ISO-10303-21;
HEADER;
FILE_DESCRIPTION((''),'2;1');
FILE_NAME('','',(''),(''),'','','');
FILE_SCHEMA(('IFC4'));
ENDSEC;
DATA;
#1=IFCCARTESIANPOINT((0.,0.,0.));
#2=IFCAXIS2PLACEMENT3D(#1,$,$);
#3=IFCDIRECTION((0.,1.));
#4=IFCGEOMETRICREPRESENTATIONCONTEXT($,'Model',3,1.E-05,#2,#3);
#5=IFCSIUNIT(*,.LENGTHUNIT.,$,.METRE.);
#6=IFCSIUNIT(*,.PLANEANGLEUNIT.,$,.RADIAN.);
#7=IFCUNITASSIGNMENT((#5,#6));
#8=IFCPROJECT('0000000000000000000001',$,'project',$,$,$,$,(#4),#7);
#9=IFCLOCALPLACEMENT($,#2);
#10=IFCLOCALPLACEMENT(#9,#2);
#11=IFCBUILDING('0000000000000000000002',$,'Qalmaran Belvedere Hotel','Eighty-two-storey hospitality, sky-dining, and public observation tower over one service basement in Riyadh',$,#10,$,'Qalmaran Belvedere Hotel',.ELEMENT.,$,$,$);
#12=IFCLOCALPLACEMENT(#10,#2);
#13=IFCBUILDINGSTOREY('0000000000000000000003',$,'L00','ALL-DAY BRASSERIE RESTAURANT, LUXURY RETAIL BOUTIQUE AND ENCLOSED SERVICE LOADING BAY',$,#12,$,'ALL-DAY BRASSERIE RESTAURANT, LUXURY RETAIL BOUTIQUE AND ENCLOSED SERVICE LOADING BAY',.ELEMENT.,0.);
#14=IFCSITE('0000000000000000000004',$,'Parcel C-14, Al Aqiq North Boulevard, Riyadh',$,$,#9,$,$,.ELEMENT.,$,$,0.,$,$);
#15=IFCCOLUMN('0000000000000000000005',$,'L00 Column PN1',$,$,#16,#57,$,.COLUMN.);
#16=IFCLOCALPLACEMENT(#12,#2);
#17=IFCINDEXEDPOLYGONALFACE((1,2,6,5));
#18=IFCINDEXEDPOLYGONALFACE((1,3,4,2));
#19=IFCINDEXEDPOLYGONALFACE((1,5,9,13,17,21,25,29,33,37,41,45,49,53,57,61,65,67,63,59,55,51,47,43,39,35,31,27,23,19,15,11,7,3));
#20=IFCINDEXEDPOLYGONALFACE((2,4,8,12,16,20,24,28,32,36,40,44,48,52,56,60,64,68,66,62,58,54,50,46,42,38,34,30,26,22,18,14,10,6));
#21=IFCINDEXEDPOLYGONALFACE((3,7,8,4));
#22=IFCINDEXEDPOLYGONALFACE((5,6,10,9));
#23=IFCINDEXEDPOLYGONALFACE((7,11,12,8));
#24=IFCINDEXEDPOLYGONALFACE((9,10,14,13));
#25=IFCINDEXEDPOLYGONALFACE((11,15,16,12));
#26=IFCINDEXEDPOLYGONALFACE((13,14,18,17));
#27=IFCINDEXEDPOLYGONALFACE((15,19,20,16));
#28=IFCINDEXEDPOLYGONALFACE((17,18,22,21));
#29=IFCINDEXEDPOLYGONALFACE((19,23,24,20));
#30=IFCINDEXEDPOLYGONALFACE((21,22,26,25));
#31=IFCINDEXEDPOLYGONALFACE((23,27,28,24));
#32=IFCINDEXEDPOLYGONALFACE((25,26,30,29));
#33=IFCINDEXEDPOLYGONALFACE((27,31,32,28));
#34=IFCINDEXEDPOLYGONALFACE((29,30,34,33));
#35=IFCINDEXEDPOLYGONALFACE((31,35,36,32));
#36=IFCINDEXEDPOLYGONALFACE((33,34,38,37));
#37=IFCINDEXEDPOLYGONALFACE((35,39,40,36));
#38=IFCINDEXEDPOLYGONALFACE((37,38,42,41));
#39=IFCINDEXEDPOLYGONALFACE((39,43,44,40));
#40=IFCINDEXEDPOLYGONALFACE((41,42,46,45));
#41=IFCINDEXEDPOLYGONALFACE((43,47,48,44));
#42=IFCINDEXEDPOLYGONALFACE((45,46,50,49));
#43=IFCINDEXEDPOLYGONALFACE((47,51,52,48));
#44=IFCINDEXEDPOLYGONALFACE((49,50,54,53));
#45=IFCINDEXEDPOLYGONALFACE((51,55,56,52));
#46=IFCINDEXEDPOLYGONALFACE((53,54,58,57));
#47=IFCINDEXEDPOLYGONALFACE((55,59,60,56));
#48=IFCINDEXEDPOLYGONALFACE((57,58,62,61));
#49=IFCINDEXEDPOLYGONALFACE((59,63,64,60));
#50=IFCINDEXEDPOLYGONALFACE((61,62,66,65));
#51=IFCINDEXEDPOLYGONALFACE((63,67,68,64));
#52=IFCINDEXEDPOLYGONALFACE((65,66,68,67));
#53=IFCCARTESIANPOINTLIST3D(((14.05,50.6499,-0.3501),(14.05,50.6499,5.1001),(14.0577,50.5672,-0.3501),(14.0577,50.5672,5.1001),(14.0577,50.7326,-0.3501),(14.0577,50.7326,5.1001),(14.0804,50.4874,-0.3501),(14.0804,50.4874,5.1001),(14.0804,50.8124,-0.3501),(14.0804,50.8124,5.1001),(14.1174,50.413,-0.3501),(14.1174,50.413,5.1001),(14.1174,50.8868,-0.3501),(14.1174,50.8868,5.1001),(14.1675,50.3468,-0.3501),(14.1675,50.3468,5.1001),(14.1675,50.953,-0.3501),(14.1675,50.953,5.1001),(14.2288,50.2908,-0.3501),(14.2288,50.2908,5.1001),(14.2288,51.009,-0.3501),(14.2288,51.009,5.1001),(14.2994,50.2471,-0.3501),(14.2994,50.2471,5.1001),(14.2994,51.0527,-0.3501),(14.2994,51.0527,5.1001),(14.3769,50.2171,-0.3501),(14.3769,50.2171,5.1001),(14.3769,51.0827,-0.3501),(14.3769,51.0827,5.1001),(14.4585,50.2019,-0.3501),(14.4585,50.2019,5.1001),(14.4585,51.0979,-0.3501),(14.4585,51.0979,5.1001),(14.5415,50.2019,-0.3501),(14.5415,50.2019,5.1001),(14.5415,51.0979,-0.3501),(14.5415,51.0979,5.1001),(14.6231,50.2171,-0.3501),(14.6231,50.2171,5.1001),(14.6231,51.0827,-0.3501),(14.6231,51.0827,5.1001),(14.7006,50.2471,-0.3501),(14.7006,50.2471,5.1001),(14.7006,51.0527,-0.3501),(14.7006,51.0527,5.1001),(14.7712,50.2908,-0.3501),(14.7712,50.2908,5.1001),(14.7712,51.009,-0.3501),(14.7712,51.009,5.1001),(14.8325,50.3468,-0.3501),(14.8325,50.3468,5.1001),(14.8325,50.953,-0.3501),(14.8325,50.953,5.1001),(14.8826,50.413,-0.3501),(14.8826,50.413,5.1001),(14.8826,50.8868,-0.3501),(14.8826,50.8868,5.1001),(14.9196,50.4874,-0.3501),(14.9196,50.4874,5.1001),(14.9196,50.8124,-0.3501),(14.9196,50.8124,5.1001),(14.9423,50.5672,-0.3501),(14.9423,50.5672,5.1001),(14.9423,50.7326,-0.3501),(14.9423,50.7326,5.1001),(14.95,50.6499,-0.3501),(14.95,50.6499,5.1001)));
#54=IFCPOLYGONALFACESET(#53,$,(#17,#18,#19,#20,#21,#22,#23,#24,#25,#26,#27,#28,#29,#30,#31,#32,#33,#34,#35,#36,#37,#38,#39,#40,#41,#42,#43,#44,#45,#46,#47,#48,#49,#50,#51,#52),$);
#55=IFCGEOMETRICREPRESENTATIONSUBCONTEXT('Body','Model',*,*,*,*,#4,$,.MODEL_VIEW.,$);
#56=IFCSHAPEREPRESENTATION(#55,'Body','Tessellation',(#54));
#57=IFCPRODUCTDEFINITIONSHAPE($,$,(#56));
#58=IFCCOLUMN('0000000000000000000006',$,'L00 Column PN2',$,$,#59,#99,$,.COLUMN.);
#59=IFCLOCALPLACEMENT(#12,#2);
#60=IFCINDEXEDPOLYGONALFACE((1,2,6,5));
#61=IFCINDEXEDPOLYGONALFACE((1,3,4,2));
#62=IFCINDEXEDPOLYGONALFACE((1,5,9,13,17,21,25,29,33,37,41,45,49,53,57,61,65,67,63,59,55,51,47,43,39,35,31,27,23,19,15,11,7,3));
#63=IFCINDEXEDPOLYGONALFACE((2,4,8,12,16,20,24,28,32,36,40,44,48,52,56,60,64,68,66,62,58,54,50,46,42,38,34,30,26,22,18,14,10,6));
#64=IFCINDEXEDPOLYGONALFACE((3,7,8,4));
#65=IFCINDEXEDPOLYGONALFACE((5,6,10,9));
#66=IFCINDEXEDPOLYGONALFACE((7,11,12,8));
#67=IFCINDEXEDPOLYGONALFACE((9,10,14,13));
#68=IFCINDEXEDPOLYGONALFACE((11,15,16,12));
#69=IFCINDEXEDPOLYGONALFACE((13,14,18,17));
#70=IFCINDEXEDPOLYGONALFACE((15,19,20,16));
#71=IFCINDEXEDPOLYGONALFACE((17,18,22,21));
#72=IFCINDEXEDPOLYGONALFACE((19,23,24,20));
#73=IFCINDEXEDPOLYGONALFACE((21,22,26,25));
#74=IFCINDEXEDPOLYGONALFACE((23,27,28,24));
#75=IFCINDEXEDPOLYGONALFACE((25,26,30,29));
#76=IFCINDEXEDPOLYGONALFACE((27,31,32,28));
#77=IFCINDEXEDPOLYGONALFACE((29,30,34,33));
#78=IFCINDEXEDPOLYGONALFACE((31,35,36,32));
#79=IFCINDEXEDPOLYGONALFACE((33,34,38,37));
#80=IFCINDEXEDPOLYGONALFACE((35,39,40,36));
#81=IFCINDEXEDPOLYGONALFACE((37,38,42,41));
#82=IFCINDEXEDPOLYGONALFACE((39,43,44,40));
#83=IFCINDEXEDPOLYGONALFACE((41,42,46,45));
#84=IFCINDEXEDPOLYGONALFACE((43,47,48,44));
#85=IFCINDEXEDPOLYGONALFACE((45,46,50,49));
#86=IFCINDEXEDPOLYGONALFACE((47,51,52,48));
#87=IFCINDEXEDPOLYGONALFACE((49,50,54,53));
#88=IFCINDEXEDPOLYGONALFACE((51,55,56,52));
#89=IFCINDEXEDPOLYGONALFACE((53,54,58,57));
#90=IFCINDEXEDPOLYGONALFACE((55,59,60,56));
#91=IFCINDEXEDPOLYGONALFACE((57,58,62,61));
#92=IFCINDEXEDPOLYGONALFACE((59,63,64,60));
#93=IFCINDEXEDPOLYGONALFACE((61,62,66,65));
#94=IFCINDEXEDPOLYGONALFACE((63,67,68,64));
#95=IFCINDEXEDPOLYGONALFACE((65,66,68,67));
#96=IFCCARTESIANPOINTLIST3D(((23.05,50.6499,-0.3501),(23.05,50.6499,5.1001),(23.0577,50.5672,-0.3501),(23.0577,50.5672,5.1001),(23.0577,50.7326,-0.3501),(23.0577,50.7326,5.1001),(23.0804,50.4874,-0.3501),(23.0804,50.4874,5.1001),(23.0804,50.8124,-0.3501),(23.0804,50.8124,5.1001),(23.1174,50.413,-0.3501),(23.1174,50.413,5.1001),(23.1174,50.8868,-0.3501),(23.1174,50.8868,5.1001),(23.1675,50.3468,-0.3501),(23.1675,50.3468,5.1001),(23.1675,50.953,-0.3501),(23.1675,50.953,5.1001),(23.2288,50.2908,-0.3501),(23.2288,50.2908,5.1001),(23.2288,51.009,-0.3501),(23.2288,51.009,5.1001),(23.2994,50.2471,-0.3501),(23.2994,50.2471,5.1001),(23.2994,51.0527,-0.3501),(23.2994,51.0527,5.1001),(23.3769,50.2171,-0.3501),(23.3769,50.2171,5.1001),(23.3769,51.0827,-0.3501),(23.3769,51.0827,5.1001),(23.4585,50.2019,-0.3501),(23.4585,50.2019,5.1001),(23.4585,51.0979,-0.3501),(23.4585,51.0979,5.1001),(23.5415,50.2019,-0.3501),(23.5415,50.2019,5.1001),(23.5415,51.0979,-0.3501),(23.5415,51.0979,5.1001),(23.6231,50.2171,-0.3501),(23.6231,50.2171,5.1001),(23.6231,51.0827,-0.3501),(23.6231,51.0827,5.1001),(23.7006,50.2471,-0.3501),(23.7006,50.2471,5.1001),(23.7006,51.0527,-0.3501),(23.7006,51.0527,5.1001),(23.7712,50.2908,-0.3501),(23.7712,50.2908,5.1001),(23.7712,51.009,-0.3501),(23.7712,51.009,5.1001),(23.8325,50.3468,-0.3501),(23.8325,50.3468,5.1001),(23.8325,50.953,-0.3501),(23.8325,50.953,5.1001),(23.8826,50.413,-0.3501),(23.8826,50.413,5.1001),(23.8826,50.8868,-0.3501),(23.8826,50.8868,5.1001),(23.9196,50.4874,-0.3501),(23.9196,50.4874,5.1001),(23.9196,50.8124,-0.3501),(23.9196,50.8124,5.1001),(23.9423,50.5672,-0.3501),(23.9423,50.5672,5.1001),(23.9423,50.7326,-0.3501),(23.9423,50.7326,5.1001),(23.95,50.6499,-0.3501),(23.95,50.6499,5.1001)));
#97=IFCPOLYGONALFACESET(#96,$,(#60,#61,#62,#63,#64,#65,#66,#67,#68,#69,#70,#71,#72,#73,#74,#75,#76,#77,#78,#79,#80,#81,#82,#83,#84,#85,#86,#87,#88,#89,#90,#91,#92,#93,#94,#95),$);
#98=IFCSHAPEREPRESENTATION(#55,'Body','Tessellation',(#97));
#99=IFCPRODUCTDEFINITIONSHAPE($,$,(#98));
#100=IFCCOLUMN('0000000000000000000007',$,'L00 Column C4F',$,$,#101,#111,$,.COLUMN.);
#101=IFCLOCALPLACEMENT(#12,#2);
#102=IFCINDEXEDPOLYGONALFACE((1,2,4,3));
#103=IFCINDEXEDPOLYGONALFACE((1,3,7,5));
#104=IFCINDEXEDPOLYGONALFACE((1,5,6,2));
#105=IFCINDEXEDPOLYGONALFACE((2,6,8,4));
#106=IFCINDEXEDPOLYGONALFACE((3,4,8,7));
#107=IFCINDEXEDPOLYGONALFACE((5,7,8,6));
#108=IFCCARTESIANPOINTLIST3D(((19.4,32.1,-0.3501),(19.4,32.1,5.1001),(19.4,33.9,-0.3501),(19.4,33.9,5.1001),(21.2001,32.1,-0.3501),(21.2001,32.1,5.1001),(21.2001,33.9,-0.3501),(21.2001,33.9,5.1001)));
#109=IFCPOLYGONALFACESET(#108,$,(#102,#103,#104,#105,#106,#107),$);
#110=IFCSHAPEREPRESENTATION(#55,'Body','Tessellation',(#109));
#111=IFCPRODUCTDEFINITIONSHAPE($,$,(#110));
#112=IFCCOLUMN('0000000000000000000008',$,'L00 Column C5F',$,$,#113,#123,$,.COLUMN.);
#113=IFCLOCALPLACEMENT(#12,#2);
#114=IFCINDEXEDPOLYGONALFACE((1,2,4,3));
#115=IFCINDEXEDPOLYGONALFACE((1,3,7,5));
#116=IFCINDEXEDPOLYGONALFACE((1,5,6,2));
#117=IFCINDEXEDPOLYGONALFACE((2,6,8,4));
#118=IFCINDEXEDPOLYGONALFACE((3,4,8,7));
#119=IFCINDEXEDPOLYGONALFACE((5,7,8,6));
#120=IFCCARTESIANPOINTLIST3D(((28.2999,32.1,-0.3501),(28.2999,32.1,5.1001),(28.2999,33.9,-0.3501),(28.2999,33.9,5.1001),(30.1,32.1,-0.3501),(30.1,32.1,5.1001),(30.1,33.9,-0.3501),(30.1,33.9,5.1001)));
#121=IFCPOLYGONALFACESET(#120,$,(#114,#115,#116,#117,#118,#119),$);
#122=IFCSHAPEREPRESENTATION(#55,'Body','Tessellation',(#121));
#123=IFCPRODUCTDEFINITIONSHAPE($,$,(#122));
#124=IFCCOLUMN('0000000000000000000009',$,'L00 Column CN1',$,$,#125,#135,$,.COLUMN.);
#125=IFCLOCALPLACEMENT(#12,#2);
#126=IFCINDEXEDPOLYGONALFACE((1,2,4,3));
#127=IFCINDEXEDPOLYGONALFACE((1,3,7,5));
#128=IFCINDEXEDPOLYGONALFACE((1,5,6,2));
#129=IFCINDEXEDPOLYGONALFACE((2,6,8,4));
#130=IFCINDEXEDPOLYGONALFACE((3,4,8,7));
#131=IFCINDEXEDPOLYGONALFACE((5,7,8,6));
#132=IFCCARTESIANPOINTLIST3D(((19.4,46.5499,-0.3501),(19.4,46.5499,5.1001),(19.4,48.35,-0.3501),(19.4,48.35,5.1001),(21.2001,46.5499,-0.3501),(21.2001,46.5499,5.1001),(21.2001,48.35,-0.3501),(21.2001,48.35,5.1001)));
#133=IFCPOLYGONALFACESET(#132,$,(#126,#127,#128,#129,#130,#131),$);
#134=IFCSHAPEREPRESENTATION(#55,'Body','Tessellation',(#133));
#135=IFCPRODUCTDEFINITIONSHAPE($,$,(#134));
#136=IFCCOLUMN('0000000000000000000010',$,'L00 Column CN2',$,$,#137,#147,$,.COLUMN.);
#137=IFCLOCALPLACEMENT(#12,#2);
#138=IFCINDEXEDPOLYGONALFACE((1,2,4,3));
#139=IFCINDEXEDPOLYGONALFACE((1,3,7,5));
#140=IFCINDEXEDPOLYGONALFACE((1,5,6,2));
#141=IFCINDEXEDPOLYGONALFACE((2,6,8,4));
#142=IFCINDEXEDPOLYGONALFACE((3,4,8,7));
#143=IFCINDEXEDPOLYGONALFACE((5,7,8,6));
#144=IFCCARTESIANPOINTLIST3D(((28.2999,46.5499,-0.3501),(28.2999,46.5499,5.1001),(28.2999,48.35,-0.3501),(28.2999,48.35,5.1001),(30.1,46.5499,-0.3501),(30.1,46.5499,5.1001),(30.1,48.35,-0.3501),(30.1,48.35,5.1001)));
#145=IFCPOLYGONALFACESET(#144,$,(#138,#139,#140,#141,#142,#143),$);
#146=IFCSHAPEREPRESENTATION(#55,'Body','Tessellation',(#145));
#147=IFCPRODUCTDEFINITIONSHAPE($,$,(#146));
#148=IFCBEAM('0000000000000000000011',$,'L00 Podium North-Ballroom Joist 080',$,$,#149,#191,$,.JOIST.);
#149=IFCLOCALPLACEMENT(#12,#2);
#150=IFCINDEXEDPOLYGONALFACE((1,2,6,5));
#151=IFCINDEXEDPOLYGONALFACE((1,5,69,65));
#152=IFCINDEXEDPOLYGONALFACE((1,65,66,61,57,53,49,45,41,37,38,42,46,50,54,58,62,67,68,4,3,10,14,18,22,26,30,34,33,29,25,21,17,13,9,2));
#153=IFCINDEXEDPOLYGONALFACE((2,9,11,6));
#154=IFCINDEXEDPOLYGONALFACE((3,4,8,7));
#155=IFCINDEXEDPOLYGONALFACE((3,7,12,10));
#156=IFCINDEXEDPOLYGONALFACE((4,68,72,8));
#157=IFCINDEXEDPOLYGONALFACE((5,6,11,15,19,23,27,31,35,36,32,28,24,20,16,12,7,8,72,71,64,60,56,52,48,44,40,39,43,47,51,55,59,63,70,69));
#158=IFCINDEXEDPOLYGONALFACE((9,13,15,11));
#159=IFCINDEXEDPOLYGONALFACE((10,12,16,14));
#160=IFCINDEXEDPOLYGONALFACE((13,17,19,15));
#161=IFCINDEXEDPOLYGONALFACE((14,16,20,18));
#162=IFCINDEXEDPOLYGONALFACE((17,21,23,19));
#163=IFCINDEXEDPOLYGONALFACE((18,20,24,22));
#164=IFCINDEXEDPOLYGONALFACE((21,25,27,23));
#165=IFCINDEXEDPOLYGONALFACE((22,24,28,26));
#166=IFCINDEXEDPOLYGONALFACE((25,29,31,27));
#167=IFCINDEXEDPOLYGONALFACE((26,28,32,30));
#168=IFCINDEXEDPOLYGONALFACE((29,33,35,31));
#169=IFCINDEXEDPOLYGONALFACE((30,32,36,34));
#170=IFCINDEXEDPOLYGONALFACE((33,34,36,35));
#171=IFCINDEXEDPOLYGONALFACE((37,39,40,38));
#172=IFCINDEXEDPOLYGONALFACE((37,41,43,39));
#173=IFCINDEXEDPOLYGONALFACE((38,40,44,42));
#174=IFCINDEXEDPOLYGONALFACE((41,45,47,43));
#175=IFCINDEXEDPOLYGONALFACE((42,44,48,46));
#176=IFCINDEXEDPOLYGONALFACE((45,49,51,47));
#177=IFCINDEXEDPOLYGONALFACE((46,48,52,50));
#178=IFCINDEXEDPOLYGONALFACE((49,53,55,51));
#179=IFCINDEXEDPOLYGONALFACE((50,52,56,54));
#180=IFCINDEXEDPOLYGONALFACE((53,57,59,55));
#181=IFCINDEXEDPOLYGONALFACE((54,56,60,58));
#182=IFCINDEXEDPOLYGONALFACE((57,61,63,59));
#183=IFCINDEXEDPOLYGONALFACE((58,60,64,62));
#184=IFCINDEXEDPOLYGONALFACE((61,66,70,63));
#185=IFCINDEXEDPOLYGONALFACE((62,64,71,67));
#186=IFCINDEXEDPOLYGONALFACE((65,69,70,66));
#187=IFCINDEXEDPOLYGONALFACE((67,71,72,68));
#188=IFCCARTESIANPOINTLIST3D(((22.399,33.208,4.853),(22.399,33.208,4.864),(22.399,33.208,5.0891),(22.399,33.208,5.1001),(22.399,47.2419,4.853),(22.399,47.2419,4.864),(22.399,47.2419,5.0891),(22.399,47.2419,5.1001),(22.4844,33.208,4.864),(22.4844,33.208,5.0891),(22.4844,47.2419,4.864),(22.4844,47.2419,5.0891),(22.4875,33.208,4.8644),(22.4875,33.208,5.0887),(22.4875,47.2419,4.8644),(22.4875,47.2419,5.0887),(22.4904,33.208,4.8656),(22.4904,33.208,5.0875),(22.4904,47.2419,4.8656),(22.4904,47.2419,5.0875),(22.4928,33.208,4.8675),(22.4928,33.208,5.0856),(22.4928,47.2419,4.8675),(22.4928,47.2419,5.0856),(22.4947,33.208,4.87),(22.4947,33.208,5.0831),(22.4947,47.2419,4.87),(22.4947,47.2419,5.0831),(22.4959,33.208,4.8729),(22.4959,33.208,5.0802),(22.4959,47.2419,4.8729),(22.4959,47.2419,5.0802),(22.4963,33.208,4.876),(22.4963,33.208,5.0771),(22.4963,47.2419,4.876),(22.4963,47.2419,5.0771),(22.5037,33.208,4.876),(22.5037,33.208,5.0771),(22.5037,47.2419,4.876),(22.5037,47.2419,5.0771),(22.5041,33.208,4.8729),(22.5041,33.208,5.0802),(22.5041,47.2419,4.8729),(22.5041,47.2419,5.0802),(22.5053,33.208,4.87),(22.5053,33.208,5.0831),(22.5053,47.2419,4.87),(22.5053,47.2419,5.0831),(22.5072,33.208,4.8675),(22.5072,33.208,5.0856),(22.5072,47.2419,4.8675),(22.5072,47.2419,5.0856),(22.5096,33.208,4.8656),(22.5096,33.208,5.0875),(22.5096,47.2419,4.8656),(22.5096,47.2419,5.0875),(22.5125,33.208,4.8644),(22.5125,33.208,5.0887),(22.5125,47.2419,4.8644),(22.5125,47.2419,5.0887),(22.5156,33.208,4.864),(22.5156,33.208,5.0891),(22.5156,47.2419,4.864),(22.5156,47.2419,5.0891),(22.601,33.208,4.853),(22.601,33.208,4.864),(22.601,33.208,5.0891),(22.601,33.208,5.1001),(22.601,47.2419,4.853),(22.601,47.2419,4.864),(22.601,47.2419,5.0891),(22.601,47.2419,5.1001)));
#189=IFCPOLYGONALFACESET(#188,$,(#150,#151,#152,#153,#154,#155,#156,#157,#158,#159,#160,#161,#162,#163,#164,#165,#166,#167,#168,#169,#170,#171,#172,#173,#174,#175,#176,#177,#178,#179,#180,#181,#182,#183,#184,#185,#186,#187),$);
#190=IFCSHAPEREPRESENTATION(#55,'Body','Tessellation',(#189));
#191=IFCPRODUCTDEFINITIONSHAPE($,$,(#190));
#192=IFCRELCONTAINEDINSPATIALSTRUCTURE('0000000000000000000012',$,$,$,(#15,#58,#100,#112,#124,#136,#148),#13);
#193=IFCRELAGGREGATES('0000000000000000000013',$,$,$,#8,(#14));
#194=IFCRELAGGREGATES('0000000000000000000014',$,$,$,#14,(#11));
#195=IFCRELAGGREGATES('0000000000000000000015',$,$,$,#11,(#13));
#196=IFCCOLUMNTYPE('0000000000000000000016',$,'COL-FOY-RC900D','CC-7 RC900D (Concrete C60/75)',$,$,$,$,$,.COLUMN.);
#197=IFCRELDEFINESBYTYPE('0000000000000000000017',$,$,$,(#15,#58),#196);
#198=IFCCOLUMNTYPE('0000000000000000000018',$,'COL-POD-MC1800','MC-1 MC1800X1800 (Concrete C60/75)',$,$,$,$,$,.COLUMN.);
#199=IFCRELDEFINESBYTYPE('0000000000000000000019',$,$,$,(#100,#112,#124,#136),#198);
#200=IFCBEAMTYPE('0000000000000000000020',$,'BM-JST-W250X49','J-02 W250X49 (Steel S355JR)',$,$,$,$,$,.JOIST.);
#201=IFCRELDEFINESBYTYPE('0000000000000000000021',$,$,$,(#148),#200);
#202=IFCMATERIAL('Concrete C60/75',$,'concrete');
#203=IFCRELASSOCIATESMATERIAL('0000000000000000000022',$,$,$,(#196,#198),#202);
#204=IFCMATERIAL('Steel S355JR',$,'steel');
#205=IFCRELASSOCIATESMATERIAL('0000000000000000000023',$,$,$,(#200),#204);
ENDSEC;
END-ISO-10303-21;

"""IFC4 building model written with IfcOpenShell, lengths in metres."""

from ifc_helpers import new_model, si_unit, direction, frame, origin, origin_2d, place, context, subcontext, project, spatial, rectangle, circle, i_section, extrude, material, material_profile, profile_set, type_object, element, save


model = new_model("IFC4")

# Units and contexts
model_context = context("Model", 3, precision=1e-05, world=origin(), true_north=direction((0.0, 1.0)))
body_context = subcontext(model_context, "Body", "Model", "MODEL_VIEW")
ifc_project = project(units=[si_unit("LENGTHUNIT", "METRE"), si_unit("PLANEANGLEUNIT", "RADIAN")], contexts=[model_context])

# Site, building, storey
site_placement = place(None, origin())
site = spatial("IfcSite", under=ifc_project, at=site_placement, Name="Parcel C-14, Al Aqiq North Boulevard, Riyadh", CompositionType="ELEMENT", RefElevation=0.0)
building_placement = place(site_placement, origin())
building = spatial("IfcBuilding", under=site, at=building_placement, Name="Qalmaran Belvedere Hotel", Description="Eighty-two-storey hospitality, sky-dining, and public observation tower over one service basement in Riyadh", LongName="Qalmaran Belvedere Hotel", CompositionType="ELEMENT")
storey_placement = place(building_placement, origin())
storey = spatial("IfcBuildingStorey", under=building, at=storey_placement, Name="L00", Description="ALL-DAY BRASSERIE RESTAURANT, LUXURY RETAIL BOUTIQUE AND ENCLOSED SERVICE LOADING BAY", LongName="ALL-DAY BRASSERIE RESTAURANT, LUXURY RETAIL BOUTIQUE AND ENCLOSED SERVICE LOADING BAY", CompositionType="ELEMENT", Elevation=0.0)

# Columns
ifc_material_1 = material(Name="Concrete C60/75", Category="concrete")
ifc_material_profile_1 = material_profile(ifc_material_1, circle(Radius=0.45, at=origin_2d()), Name="RC900D")
ifc_profile_set_1 = profile_set([ifc_material_profile_1], Name="Concrete C60/75")
column_type_1 = type_object("IfcColumnType", Name="COL-FOY-RC900D", Description="CC-7 RC900D (Concrete C60/75)", PredefinedType="COLUMN", material=ifc_profile_set_1)
for number, where, z_axis, x_axis, name in (
    (1, (14.5, 50.6499, -0.3501), (0.0, 0.0, 1.0), (1.0, 0.0, 0.0), "L00 Column PN1"),
    (2, (23.5, 50.6499, -0.3501), (0.0, 0.0, 1.0), (1.0, 0.0, 0.0), "L00 Column PN2"),
):
    element("IfcColumn", number, at=place(storey_placement, frame(where, z_axis=z_axis, x_axis=x_axis)), inside=storey, type_object=column_type_1, Name=name, PredefinedType="COLUMN", context=body_context, shape_type="SweptSolid", body=[
        extrude(circle(Radius=0.45, at=origin_2d()), origin(), (0.0, 0.0, 1.0), 5.4502),
    ])
ifc_material_profile_2 = material_profile(ifc_material_1, rectangle(XDim=1.8, YDim=1.8, at=origin_2d()), Name="MC1800X1800")
ifc_profile_set_2 = profile_set([ifc_material_profile_2], Name="Concrete C60/75")
column_type_2 = type_object("IfcColumnType", Name="COL-POD-MC1800", Description="MC-1 MC1800X1800 (Concrete C60/75)", PredefinedType="COLUMN", material=ifc_profile_set_2)
for number, where, z_axis, x_axis, name in (
    (3, (20.3, 33.0, -0.3501), (0.0, 0.0, 1.0), (1.0, 0.0, 0.0), "L00 Column C4F"),
    (4, (29.2, 33.0, -0.3501), (0.0, 0.0, 1.0), (1.0, 0.0, 0.0), "L00 Column C5F"),
    (5, (20.3, 47.45, -0.3501), (0.0, 0.0, 1.0), (1.0, 0.0, 0.0), "L00 Column CN1"),
    (6, (29.2, 47.45, -0.3501), (0.0, 0.0, 1.0), (1.0, 0.0, 0.0), "L00 Column CN2"),
):
    element("IfcColumn", number, at=place(storey_placement, frame(where, z_axis=z_axis, x_axis=x_axis)), inside=storey, type_object=column_type_2, Name=name, PredefinedType="COLUMN", context=body_context, shape_type="SweptSolid", body=[
        extrude(rectangle(XDim=1.8, YDim=1.8, at=origin_2d()), origin(), (0.0, 0.0, 1.0), 5.4502),
    ])

# Beam
ifc_material_2 = material(Name="Steel S355JR", Category="steel")
ifc_material_profile_3 = material_profile(ifc_material_2, i_section(OverallWidth=0.2019, OverallDepth=0.2471, WebThickness=0.0073, FlangeThickness=0.011, FilletRadius=0.012, at=origin_2d()), Name="W250X49")
ifc_profile_set_3 = profile_set([ifc_material_profile_3], Name="Steel S355JR")
beam_type_1 = type_object("IfcBeamType", Name="BM-JST-W250X49", Description="J-02 W250X49 (Steel S355JR)", PredefinedType="JOIST", material=ifc_profile_set_3)
for number, where, z_axis, x_axis, name in (
    (7, (22.5, 33.208, 4.9766), (0.0, 1.0, 0.0), (-1.0, 0.0, 0.0), "L00 Podium North-Ballroom Joist 080"),
):
    element("IfcBeam", number, at=place(storey_placement, frame(where, z_axis=z_axis, x_axis=x_axis)), inside=storey, type_object=beam_type_1, Name=name, PredefinedType="JOIST", context=body_context, shape_type="SweptSolid", body=[
        extrude(i_section(OverallWidth=0.2019, OverallDepth=0.2471, WebThickness=0.0073, FlangeThickness=0.011, FilletRadius=0.012, at=origin_2d()), origin(), (0.0, 0.0, 1.0), 14.0339),
    ])

save(model, "model.ifc")
